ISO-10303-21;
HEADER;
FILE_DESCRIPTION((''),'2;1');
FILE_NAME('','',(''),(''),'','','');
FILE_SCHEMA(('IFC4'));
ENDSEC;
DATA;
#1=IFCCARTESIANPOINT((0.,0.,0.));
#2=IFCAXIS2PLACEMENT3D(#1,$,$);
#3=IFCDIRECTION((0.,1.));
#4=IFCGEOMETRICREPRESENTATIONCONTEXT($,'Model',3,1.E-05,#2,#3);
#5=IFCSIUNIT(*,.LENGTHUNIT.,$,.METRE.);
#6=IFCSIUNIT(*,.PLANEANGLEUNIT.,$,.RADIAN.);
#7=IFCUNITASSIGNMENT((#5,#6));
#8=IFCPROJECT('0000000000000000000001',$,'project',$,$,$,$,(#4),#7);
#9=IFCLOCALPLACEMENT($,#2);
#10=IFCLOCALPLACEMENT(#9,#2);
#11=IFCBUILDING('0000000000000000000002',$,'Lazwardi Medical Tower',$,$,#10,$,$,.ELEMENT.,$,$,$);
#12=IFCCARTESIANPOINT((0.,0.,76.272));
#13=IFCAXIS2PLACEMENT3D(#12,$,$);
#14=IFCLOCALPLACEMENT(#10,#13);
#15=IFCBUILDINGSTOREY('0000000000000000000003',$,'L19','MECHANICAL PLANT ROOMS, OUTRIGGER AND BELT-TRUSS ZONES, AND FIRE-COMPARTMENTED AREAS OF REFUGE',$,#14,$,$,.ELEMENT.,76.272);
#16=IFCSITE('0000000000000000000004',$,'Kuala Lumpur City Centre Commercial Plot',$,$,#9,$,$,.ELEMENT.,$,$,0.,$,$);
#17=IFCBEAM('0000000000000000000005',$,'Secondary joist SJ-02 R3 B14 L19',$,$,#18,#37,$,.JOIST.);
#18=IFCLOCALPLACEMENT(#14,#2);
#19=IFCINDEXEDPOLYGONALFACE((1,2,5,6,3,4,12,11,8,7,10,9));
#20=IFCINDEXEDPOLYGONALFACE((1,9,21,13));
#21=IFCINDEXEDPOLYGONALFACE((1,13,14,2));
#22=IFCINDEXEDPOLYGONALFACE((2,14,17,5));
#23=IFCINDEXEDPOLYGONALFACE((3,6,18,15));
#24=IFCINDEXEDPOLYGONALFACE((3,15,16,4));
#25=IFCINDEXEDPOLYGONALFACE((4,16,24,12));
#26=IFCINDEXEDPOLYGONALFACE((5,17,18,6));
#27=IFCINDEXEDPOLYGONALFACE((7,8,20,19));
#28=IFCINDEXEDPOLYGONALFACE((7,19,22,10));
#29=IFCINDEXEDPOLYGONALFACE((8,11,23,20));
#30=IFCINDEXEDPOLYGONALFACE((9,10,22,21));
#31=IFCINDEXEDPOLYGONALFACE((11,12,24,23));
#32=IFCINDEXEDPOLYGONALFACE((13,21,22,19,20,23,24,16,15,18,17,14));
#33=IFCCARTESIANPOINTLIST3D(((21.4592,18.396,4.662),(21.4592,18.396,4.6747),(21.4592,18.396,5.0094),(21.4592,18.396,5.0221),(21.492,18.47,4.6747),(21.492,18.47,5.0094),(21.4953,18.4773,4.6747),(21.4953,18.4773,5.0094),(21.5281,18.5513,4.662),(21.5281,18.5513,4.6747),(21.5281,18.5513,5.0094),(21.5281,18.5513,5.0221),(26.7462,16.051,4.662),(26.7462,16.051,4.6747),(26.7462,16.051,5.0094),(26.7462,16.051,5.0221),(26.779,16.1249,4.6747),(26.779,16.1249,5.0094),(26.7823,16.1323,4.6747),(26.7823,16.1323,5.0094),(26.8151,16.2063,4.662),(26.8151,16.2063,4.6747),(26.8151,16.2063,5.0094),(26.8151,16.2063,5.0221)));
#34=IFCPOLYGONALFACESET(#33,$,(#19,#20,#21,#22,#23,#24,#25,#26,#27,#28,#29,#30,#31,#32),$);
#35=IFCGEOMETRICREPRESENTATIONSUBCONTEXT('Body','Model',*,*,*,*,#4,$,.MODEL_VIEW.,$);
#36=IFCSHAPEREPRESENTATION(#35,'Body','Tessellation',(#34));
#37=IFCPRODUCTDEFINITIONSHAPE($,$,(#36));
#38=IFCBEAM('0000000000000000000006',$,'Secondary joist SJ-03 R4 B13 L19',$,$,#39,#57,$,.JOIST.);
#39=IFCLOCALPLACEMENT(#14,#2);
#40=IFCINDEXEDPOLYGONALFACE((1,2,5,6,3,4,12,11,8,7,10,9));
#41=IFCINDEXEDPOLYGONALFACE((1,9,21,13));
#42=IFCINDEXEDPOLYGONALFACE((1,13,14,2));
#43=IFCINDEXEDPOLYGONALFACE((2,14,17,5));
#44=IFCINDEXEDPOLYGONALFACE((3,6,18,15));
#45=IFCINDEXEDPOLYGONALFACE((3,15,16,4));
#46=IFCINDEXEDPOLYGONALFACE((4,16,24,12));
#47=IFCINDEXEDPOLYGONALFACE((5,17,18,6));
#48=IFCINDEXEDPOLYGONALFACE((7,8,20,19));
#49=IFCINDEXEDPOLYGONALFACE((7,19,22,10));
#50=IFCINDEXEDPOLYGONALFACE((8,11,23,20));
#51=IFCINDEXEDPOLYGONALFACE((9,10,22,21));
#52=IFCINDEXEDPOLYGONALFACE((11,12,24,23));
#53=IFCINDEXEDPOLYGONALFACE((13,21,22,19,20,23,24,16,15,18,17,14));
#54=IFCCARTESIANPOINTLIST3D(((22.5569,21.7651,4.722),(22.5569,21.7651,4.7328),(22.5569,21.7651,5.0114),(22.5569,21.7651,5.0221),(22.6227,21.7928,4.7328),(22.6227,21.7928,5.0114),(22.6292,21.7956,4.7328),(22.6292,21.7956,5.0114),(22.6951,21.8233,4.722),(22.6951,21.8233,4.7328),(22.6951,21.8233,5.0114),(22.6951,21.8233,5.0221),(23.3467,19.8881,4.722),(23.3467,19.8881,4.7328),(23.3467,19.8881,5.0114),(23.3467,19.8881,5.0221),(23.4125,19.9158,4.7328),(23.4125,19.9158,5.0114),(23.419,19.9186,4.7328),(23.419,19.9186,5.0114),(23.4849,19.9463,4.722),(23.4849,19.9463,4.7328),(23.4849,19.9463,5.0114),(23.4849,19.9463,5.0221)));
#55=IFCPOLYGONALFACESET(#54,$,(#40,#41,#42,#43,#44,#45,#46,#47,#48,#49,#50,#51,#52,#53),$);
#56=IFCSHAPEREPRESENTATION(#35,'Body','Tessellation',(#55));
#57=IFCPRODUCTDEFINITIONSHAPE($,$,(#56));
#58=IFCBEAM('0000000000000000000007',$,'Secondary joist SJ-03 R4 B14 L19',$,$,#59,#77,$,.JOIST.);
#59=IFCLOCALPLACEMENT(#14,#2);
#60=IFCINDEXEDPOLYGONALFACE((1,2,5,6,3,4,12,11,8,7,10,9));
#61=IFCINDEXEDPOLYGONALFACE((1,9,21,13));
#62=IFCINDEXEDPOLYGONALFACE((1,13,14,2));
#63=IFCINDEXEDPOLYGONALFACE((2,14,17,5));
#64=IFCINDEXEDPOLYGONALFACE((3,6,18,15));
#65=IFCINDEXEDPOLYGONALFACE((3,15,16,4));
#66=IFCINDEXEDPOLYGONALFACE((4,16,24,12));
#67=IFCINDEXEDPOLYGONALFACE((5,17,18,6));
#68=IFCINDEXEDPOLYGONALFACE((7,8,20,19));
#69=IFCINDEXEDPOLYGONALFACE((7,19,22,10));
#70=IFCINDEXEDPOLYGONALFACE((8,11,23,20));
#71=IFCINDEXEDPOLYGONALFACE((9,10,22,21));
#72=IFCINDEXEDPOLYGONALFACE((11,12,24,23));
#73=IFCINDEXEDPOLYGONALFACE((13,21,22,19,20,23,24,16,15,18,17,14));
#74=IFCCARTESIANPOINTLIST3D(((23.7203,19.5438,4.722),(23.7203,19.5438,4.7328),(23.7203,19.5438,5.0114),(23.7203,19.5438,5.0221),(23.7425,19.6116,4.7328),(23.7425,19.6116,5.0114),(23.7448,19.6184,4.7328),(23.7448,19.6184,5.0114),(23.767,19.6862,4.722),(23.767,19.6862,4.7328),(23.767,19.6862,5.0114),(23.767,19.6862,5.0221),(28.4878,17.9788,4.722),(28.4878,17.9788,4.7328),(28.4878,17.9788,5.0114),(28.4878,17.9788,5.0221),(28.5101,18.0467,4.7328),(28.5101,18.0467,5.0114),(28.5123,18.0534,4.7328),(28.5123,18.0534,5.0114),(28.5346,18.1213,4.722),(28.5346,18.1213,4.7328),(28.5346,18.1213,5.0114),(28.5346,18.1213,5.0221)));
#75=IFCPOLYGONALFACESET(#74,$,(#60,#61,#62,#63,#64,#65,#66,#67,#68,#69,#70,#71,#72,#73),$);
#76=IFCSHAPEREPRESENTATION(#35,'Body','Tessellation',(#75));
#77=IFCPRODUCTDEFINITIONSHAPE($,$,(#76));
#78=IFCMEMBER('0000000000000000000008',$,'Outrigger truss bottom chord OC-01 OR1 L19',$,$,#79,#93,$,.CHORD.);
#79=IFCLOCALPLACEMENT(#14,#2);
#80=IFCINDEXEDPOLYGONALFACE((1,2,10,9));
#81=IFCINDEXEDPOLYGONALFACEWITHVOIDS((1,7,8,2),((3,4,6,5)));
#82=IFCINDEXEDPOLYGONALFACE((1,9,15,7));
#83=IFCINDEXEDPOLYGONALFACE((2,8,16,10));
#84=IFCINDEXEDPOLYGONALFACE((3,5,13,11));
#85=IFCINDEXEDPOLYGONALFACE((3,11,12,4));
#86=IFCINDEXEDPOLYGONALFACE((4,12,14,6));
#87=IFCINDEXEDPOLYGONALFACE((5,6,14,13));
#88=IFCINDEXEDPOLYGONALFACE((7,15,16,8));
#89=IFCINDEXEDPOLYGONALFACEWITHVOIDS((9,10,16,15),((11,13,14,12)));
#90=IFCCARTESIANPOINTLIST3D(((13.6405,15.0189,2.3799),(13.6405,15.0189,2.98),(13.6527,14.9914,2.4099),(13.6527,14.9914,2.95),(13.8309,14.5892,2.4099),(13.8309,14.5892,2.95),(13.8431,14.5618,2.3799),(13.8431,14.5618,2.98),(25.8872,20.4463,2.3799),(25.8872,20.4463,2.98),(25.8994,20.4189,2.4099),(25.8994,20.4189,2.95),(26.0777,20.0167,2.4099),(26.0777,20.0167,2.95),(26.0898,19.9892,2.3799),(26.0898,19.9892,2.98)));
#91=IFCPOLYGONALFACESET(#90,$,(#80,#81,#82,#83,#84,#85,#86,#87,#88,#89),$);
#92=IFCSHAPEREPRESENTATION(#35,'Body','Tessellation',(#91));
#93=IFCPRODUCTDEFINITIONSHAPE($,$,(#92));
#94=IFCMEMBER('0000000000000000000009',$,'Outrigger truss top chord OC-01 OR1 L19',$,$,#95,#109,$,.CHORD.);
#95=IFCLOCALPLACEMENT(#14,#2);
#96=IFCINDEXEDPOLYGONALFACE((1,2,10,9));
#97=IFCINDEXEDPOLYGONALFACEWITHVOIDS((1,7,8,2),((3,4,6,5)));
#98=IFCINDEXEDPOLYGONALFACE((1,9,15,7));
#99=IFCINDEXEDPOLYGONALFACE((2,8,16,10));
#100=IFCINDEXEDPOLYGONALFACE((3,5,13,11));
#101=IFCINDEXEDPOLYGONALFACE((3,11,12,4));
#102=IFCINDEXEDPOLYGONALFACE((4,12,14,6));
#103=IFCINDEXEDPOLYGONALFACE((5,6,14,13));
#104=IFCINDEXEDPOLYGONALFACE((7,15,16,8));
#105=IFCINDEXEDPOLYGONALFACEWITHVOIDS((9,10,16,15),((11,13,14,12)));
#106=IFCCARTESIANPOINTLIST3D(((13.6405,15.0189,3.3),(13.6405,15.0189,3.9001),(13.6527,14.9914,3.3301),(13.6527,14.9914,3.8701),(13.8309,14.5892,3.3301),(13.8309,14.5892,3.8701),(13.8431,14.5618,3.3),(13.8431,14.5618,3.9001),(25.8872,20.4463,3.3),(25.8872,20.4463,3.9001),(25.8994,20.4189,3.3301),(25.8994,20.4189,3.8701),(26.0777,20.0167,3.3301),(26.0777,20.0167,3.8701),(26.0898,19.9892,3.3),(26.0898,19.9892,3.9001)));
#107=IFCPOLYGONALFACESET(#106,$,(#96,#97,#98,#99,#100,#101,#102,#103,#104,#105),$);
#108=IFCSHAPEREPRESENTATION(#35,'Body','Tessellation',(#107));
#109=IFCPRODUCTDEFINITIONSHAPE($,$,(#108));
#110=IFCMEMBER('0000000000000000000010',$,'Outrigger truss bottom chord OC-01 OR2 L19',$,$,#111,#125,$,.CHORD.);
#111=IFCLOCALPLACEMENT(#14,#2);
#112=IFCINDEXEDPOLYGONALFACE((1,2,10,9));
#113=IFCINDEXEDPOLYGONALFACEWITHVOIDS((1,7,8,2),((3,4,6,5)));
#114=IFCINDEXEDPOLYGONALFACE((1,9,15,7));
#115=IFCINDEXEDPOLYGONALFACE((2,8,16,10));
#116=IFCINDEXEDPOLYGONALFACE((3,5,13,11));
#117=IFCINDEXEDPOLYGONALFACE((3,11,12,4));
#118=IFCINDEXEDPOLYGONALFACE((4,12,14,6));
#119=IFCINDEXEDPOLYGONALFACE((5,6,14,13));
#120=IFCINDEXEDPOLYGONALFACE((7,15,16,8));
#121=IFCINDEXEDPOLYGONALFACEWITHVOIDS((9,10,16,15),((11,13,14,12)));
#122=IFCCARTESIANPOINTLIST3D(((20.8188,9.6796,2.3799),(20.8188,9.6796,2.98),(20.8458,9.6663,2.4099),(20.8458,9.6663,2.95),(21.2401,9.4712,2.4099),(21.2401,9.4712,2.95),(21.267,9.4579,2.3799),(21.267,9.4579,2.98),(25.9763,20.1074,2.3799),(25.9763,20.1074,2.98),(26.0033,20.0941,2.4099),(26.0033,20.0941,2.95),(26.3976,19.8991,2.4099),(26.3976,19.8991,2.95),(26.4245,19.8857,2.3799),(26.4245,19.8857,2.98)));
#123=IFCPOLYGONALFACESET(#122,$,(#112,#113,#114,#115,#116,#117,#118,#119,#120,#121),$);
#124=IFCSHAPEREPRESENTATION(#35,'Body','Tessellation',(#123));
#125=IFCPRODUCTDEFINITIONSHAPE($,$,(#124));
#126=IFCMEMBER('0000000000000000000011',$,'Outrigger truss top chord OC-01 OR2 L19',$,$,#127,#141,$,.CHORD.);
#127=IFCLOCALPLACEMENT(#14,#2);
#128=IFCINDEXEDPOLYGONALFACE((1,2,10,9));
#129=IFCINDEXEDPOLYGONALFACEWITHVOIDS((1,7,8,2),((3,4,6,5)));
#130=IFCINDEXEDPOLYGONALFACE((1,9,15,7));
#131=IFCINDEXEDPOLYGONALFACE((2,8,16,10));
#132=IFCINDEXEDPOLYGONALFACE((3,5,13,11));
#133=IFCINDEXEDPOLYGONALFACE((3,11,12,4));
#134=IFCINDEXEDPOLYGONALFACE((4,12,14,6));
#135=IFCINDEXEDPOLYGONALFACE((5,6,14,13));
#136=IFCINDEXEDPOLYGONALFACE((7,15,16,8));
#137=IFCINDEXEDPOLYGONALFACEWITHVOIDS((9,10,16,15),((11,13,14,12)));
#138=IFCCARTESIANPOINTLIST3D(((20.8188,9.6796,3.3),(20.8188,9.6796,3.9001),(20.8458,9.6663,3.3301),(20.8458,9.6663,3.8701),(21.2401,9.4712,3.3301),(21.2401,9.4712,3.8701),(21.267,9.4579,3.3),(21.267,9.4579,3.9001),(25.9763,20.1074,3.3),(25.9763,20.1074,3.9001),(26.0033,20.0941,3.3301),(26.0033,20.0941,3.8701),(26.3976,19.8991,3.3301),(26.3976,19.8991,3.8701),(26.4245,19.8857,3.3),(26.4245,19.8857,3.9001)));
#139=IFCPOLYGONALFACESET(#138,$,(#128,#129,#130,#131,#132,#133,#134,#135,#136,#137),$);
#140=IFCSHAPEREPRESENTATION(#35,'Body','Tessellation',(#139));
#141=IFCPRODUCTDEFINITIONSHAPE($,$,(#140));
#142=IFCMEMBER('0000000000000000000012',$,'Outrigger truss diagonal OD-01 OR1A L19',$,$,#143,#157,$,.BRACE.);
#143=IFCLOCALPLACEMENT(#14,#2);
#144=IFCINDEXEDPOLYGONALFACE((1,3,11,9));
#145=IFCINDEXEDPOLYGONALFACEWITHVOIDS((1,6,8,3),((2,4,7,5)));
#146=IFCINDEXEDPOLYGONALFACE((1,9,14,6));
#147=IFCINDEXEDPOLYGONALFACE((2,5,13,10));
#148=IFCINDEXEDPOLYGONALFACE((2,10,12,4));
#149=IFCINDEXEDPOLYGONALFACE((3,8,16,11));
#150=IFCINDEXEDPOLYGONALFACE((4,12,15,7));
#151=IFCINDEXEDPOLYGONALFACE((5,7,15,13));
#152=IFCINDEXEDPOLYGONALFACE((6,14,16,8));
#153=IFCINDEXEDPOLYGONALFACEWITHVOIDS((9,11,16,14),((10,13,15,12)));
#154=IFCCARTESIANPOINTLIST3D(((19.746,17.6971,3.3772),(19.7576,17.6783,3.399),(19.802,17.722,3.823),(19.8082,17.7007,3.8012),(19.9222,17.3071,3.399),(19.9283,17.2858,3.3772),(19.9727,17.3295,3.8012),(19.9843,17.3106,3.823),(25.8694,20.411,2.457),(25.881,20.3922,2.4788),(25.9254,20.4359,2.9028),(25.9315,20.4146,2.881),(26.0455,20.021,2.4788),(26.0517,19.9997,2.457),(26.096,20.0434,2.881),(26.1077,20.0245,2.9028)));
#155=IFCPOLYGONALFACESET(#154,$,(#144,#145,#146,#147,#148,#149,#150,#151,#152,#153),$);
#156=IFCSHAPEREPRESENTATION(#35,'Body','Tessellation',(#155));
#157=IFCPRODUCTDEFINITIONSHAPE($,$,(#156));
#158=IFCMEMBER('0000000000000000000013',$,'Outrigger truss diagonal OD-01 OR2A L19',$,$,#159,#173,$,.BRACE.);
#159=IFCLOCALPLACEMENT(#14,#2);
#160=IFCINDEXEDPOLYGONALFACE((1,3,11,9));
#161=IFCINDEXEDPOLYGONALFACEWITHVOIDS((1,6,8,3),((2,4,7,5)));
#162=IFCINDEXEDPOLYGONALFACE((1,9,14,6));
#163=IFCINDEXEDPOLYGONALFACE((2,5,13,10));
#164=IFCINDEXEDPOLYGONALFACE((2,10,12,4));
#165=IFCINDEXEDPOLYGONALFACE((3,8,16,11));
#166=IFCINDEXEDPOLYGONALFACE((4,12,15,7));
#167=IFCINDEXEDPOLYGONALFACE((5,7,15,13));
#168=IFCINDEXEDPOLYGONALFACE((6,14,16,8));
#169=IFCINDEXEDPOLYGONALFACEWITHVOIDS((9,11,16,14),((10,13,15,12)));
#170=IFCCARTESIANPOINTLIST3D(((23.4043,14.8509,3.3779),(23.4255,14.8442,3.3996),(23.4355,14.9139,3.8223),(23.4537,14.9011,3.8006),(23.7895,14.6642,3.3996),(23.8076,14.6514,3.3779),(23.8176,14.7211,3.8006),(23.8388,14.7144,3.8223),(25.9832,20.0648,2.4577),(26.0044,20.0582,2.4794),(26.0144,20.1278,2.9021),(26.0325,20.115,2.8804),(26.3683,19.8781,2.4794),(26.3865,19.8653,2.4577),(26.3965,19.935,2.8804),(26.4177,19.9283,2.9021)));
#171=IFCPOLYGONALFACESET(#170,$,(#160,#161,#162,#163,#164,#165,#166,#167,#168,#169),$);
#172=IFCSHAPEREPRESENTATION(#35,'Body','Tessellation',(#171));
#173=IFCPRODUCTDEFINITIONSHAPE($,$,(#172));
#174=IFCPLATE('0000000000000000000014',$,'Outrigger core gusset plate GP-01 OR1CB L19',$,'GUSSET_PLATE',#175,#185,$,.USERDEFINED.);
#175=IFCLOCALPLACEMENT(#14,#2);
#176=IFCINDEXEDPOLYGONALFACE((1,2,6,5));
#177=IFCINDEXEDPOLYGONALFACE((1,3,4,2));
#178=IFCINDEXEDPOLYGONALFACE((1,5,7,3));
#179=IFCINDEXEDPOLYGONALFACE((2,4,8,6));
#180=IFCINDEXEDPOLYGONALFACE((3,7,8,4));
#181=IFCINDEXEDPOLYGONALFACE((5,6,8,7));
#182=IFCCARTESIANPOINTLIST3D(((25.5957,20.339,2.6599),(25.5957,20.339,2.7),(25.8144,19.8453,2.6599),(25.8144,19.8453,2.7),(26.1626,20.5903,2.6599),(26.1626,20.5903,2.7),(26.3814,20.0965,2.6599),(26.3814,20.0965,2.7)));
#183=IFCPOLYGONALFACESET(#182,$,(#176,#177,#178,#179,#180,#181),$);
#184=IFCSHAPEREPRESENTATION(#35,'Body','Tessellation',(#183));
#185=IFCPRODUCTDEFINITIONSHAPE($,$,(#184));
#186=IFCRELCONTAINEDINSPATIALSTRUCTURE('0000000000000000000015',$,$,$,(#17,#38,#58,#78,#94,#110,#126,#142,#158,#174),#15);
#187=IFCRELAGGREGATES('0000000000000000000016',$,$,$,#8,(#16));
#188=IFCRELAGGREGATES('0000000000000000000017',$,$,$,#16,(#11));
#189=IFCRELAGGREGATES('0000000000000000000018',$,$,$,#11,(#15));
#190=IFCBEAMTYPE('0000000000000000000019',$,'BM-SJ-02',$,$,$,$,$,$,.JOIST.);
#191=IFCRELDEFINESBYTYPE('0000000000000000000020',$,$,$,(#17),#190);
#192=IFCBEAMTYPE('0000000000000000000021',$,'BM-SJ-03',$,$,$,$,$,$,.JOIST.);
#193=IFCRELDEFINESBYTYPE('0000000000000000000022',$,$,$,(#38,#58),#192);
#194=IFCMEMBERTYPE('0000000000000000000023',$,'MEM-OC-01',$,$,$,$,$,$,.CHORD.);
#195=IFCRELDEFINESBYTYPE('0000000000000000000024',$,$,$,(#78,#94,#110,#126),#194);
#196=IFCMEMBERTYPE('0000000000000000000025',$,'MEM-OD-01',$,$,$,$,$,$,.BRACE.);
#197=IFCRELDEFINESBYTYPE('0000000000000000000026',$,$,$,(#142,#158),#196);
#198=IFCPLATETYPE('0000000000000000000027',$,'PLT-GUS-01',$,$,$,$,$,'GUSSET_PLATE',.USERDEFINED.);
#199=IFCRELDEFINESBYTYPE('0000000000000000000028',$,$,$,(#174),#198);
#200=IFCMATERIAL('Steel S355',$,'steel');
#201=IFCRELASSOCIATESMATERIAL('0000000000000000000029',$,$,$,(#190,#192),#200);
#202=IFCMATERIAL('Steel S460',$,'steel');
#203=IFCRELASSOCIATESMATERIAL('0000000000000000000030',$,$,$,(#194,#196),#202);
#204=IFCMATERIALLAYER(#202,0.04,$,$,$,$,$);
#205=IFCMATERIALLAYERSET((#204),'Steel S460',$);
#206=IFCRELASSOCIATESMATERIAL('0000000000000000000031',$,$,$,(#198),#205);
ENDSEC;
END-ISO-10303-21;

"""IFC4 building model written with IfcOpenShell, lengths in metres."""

from ifc_helpers import new_model, si_unit, direction, frame, origin, origin_2d, place, context, subcontext, project, spatial, rectangle, hollow_rectangle, i_section, extrude, material, layer, layer_set, material_profile, profile_set, type_object, element, save


model = new_model("IFC4")

# Units and contexts
model_context = context("Model", 3, precision=1e-05, world=origin(), true_north=direction((0.0, 1.0)))
body_context = subcontext(model_context, "Body", "Model", "MODEL_VIEW")
ifc_project = project(units=[si_unit("LENGTHUNIT", "METRE"), si_unit("PLANEANGLEUNIT", "RADIAN")], contexts=[model_context])

# Site, building, storey
site_placement = place(None, origin())
site = spatial("IfcSite", under=ifc_project, at=site_placement, Name="Kuala Lumpur City Centre Commercial Plot", CompositionType="ELEMENT", RefElevation=0.0)
building_placement = place(site_placement, origin())
building = spatial("IfcBuilding", under=site, at=building_placement, Name="Lazwardi Medical Tower", CompositionType="ELEMENT")
storey_placement = place(building_placement, frame((0.0, 0.0, 76.272)))
storey = spatial("IfcBuildingStorey", under=building, at=storey_placement, Name="L19", Description="MECHANICAL PLANT ROOMS, OUTRIGGER AND BELT-TRUSS ZONES, AND FIRE-COMPARTMENTED AREAS OF REFUGE", CompositionType="ELEMENT", Elevation=76.272)

# Beams
ifc_material_1 = material(Name="Steel S355", Category="steel")
ifc_material_profile_1 = material_profile(ifc_material_1, i_section(OverallWidth=0.1699, OverallDepth=0.3601, WebThickness=0.0081, FlangeThickness=0.0127, at=origin_2d()), Name="IPE 360")
ifc_profile_set_1 = profile_set([ifc_material_profile_1], Name="Steel S355")
beam_type_1 = type_object("IfcBeamType", Name="BM-SJ-02", PredefinedType="JOIST", material=ifc_profile_set_1)
beam_1_placement = place(storey_placement, frame((21.4937, 18.4736, 4.842), z_axis=(0.914116, -0.405453, 0.0), x_axis=(0.405453, 0.914116, 0.0)))
element("IfcBeam", 1, at=beam_1_placement, inside=storey, type_object=beam_type_1, Name="Secondary joist SJ-02 R3 B14 L19", PredefinedType="JOIST", context=body_context, shape_type="SweptSolid", body=[
    extrude(i_section(OverallWidth=0.1699, OverallDepth=0.3601, WebThickness=0.0081, FlangeThickness=0.0127, at=origin_2d()), origin(), (0.0, 0.0, 1.0), 5.7837),
])
ifc_material_profile_2 = material_profile(ifc_material_1, i_section(OverallWidth=0.1499, OverallDepth=0.3, WebThickness=0.0071, FlangeThickness=0.0107, at=origin_2d()), Name="IPE 300")
ifc_profile_set_2 = profile_set([ifc_material_profile_2], Name="Steel S355")
beam_type_2 = type_object("IfcBeamType", Name="BM-SJ-03", PredefinedType="JOIST", material=ifc_profile_set_2)
beam_2_placement = place(storey_placement, frame((22.626, 21.7942, 4.8721), z_axis=(0.387848, -0.921723, 0.0), x_axis=(0.921723, 0.387848, 0.0)))
element("IfcBeam", 2, at=beam_2_placement, inside=storey, type_object=beam_type_2, Name="Secondary joist SJ-03 R4 B13 L19", PredefinedType="JOIST", context=body_context, shape_type="SweptSolid", body=[
    extrude(i_section(OverallWidth=0.1499, OverallDepth=0.3, WebThickness=0.0071, FlangeThickness=0.0107, at=origin_2d()), origin(), (0.0, 0.0, 1.0), 2.0364),
])
beam_3_placement = place(storey_placement, frame((23.7437, 19.615, 4.8721), z_axis=(0.950123, -0.311875, 0.0), x_axis=(0.311875, 0.950123, 0.0)))
element("IfcBeam", 3, at=beam_3_placement, inside=storey, type_object=beam_type_2, Name="Secondary joist SJ-03 R4 B14 L19", PredefinedType="JOIST", context=body_context, shape_type="SweptSolid", body=[
    extrude(i_section(OverallWidth=0.1499, OverallDepth=0.3, WebThickness=0.0071, FlangeThickness=0.0107, at=origin_2d()), origin(), (0.0, 0.0, 1.0), 5.0178),
])

# Members
ifc_material_2 = material(Name="Steel S460", Category="steel")
ifc_material_profile_3 = material_profile(ifc_material_2, hollow_rectangle(XDim=0.5, YDim=0.6001, WallThickness=0.03, at=origin_2d()), Name="RHS 600x500x30")
ifc_profile_set_3 = profile_set([ifc_material_profile_3], Name="Steel S460")
member_type_1 = type_object("IfcMemberType", Name="MEM-OC-01", PredefinedType="CHORD", material=ifc_profile_set_3)
for number, where, z_axis, x_axis, name in (
    (4, (25.9885, 20.2178, 2.6799), (-0.914242, -0.405169, 0.0), (0.405169, -0.914242, 0.0), "Outrigger truss bottom chord OC-01 OR1 L19"),
    (5, (25.9885, 20.2178, 3.6001), (-0.914242, -0.405169, 0.0), (0.405169, -0.914242, 0.0), "Outrigger truss top chord OC-01 OR1 L19"),
):
    element("IfcMember", number, at=place(storey_placement, frame(where, z_axis=z_axis, x_axis=x_axis)), inside=storey, type_object=member_type_1, Name=name, PredefinedType="CHORD", context=body_context, shape_type="SweptSolid", body=[
        extrude(hollow_rectangle(XDim=0.5, YDim=0.6001, WallThickness=0.03, at=origin_2d()), origin(), (0.0, 0.0, 1.0), 13.3955),
    ])
for number, where, z_axis, x_axis, name in (
    (6, (26.2004, 19.9966, 2.6799), (-0.443331, -0.896358, 0.0), (0.896358, -0.443331, 0.0), "Outrigger truss bottom chord OC-01 OR2 L19"),
    (7, (26.2004, 19.9966, 3.6001), (-0.443331, -0.896358, 0.0), (0.896358, -0.443331, 0.0), "Outrigger truss top chord OC-01 OR2 L19"),
):
    element("IfcMember", number, at=place(storey_placement, frame(where, z_axis=z_axis, x_axis=x_axis)), inside=storey, type_object=member_type_1, Name=name, PredefinedType="CHORD", context=body_context, shape_type="SweptSolid", body=[
        extrude(hollow_rectangle(XDim=0.5, YDim=0.6001, WallThickness=0.03, at=origin_2d()), origin(), (0.0, 0.0, 1.0), 11.6335),
    ])
ifc_material_profile_4 = material_profile(ifc_material_2, hollow_rectangle(XDim=0.45, YDim=0.45, WallThickness=0.022, at=origin_2d()), Name="RHS 450x450x22")
ifc_profile_set_4 = profile_set([ifc_material_profile_4], Name="Steel S460")
member_type_2 = type_object("IfcMemberType", Name="MEM-OD-01", PredefinedType="BRACE", material=ifc_profile_set_4)
member_1_placement = place(storey_placement, frame((25.9885, 20.2178, 2.6799), z_axis=(-0.905724, -0.401421, 0.136106), x_axis=(0.405191, -0.914232, 0.0)))
element("IfcMember", 8, at=member_1_placement, inside=storey, type_object=member_type_2, Name="Outrigger truss diagonal OD-01 OR1A L19", PredefinedType="BRACE", context=body_context, shape_type="SweptSolid", body=[
    extrude(hollow_rectangle(XDim=0.45, YDim=0.45, WallThickness=0.022, at=origin_2d()), origin(), (0.0, 0.0, 1.0), 6.7607),
])
member_2_placement = place(storey_placement, frame((26.2004, 19.9966, 2.6799), z_axis=(-0.437903, -0.88534, 0.156249), x_axis=(0.89635, -0.443348, 0.0)))
element("IfcMember", 9, at=member_2_placement, inside=storey, type_object=member_type_2, Name="Outrigger truss diagonal OD-01 OR2A L19", PredefinedType="BRACE", context=body_context, shape_type="SweptSolid", body=[
    extrude(hollow_rectangle(XDim=0.45, YDim=0.45, WallThickness=0.022, at=origin_2d()), origin(), (0.0, 0.0, 1.0), 5.8892),
])

# Plate
ifc_layer_1 = layer(ifc_material_2, 0.04)
ifc_layer_set_1 = layer_set([ifc_layer_1], Name="Steel S460")
plate_type = type_object("IfcPlateType", Name="PLT-GUS-01", ElementType="GUSSET_PLATE", PredefinedType="USERDEFINED", material=ifc_layer_set_1)
for number, where, z_axis, x_axis, name in (
    (10, (25.9885, 20.2178, 2.6599), (0.0, 0.0, 1.0), (-0.914254, -0.405142, 0.0), "Outrigger core gusset plate GP-01 OR1CB L19"),
):
    element("IfcPlate", number, at=place(storey_placement, frame(where, z_axis=z_axis, x_axis=x_axis)), inside=storey, type_object=plate_type, Name=name, ObjectType="GUSSET_PLATE", PredefinedType="USERDEFINED", context=body_context, shape_type="SweptSolid", body=[
        extrude(rectangle(XDim=0.6201, YDim=0.54, at=origin_2d()), origin(), (0.0, 0.0, 1.0), 0.04),
    ])

save(model, "model.ifc")
